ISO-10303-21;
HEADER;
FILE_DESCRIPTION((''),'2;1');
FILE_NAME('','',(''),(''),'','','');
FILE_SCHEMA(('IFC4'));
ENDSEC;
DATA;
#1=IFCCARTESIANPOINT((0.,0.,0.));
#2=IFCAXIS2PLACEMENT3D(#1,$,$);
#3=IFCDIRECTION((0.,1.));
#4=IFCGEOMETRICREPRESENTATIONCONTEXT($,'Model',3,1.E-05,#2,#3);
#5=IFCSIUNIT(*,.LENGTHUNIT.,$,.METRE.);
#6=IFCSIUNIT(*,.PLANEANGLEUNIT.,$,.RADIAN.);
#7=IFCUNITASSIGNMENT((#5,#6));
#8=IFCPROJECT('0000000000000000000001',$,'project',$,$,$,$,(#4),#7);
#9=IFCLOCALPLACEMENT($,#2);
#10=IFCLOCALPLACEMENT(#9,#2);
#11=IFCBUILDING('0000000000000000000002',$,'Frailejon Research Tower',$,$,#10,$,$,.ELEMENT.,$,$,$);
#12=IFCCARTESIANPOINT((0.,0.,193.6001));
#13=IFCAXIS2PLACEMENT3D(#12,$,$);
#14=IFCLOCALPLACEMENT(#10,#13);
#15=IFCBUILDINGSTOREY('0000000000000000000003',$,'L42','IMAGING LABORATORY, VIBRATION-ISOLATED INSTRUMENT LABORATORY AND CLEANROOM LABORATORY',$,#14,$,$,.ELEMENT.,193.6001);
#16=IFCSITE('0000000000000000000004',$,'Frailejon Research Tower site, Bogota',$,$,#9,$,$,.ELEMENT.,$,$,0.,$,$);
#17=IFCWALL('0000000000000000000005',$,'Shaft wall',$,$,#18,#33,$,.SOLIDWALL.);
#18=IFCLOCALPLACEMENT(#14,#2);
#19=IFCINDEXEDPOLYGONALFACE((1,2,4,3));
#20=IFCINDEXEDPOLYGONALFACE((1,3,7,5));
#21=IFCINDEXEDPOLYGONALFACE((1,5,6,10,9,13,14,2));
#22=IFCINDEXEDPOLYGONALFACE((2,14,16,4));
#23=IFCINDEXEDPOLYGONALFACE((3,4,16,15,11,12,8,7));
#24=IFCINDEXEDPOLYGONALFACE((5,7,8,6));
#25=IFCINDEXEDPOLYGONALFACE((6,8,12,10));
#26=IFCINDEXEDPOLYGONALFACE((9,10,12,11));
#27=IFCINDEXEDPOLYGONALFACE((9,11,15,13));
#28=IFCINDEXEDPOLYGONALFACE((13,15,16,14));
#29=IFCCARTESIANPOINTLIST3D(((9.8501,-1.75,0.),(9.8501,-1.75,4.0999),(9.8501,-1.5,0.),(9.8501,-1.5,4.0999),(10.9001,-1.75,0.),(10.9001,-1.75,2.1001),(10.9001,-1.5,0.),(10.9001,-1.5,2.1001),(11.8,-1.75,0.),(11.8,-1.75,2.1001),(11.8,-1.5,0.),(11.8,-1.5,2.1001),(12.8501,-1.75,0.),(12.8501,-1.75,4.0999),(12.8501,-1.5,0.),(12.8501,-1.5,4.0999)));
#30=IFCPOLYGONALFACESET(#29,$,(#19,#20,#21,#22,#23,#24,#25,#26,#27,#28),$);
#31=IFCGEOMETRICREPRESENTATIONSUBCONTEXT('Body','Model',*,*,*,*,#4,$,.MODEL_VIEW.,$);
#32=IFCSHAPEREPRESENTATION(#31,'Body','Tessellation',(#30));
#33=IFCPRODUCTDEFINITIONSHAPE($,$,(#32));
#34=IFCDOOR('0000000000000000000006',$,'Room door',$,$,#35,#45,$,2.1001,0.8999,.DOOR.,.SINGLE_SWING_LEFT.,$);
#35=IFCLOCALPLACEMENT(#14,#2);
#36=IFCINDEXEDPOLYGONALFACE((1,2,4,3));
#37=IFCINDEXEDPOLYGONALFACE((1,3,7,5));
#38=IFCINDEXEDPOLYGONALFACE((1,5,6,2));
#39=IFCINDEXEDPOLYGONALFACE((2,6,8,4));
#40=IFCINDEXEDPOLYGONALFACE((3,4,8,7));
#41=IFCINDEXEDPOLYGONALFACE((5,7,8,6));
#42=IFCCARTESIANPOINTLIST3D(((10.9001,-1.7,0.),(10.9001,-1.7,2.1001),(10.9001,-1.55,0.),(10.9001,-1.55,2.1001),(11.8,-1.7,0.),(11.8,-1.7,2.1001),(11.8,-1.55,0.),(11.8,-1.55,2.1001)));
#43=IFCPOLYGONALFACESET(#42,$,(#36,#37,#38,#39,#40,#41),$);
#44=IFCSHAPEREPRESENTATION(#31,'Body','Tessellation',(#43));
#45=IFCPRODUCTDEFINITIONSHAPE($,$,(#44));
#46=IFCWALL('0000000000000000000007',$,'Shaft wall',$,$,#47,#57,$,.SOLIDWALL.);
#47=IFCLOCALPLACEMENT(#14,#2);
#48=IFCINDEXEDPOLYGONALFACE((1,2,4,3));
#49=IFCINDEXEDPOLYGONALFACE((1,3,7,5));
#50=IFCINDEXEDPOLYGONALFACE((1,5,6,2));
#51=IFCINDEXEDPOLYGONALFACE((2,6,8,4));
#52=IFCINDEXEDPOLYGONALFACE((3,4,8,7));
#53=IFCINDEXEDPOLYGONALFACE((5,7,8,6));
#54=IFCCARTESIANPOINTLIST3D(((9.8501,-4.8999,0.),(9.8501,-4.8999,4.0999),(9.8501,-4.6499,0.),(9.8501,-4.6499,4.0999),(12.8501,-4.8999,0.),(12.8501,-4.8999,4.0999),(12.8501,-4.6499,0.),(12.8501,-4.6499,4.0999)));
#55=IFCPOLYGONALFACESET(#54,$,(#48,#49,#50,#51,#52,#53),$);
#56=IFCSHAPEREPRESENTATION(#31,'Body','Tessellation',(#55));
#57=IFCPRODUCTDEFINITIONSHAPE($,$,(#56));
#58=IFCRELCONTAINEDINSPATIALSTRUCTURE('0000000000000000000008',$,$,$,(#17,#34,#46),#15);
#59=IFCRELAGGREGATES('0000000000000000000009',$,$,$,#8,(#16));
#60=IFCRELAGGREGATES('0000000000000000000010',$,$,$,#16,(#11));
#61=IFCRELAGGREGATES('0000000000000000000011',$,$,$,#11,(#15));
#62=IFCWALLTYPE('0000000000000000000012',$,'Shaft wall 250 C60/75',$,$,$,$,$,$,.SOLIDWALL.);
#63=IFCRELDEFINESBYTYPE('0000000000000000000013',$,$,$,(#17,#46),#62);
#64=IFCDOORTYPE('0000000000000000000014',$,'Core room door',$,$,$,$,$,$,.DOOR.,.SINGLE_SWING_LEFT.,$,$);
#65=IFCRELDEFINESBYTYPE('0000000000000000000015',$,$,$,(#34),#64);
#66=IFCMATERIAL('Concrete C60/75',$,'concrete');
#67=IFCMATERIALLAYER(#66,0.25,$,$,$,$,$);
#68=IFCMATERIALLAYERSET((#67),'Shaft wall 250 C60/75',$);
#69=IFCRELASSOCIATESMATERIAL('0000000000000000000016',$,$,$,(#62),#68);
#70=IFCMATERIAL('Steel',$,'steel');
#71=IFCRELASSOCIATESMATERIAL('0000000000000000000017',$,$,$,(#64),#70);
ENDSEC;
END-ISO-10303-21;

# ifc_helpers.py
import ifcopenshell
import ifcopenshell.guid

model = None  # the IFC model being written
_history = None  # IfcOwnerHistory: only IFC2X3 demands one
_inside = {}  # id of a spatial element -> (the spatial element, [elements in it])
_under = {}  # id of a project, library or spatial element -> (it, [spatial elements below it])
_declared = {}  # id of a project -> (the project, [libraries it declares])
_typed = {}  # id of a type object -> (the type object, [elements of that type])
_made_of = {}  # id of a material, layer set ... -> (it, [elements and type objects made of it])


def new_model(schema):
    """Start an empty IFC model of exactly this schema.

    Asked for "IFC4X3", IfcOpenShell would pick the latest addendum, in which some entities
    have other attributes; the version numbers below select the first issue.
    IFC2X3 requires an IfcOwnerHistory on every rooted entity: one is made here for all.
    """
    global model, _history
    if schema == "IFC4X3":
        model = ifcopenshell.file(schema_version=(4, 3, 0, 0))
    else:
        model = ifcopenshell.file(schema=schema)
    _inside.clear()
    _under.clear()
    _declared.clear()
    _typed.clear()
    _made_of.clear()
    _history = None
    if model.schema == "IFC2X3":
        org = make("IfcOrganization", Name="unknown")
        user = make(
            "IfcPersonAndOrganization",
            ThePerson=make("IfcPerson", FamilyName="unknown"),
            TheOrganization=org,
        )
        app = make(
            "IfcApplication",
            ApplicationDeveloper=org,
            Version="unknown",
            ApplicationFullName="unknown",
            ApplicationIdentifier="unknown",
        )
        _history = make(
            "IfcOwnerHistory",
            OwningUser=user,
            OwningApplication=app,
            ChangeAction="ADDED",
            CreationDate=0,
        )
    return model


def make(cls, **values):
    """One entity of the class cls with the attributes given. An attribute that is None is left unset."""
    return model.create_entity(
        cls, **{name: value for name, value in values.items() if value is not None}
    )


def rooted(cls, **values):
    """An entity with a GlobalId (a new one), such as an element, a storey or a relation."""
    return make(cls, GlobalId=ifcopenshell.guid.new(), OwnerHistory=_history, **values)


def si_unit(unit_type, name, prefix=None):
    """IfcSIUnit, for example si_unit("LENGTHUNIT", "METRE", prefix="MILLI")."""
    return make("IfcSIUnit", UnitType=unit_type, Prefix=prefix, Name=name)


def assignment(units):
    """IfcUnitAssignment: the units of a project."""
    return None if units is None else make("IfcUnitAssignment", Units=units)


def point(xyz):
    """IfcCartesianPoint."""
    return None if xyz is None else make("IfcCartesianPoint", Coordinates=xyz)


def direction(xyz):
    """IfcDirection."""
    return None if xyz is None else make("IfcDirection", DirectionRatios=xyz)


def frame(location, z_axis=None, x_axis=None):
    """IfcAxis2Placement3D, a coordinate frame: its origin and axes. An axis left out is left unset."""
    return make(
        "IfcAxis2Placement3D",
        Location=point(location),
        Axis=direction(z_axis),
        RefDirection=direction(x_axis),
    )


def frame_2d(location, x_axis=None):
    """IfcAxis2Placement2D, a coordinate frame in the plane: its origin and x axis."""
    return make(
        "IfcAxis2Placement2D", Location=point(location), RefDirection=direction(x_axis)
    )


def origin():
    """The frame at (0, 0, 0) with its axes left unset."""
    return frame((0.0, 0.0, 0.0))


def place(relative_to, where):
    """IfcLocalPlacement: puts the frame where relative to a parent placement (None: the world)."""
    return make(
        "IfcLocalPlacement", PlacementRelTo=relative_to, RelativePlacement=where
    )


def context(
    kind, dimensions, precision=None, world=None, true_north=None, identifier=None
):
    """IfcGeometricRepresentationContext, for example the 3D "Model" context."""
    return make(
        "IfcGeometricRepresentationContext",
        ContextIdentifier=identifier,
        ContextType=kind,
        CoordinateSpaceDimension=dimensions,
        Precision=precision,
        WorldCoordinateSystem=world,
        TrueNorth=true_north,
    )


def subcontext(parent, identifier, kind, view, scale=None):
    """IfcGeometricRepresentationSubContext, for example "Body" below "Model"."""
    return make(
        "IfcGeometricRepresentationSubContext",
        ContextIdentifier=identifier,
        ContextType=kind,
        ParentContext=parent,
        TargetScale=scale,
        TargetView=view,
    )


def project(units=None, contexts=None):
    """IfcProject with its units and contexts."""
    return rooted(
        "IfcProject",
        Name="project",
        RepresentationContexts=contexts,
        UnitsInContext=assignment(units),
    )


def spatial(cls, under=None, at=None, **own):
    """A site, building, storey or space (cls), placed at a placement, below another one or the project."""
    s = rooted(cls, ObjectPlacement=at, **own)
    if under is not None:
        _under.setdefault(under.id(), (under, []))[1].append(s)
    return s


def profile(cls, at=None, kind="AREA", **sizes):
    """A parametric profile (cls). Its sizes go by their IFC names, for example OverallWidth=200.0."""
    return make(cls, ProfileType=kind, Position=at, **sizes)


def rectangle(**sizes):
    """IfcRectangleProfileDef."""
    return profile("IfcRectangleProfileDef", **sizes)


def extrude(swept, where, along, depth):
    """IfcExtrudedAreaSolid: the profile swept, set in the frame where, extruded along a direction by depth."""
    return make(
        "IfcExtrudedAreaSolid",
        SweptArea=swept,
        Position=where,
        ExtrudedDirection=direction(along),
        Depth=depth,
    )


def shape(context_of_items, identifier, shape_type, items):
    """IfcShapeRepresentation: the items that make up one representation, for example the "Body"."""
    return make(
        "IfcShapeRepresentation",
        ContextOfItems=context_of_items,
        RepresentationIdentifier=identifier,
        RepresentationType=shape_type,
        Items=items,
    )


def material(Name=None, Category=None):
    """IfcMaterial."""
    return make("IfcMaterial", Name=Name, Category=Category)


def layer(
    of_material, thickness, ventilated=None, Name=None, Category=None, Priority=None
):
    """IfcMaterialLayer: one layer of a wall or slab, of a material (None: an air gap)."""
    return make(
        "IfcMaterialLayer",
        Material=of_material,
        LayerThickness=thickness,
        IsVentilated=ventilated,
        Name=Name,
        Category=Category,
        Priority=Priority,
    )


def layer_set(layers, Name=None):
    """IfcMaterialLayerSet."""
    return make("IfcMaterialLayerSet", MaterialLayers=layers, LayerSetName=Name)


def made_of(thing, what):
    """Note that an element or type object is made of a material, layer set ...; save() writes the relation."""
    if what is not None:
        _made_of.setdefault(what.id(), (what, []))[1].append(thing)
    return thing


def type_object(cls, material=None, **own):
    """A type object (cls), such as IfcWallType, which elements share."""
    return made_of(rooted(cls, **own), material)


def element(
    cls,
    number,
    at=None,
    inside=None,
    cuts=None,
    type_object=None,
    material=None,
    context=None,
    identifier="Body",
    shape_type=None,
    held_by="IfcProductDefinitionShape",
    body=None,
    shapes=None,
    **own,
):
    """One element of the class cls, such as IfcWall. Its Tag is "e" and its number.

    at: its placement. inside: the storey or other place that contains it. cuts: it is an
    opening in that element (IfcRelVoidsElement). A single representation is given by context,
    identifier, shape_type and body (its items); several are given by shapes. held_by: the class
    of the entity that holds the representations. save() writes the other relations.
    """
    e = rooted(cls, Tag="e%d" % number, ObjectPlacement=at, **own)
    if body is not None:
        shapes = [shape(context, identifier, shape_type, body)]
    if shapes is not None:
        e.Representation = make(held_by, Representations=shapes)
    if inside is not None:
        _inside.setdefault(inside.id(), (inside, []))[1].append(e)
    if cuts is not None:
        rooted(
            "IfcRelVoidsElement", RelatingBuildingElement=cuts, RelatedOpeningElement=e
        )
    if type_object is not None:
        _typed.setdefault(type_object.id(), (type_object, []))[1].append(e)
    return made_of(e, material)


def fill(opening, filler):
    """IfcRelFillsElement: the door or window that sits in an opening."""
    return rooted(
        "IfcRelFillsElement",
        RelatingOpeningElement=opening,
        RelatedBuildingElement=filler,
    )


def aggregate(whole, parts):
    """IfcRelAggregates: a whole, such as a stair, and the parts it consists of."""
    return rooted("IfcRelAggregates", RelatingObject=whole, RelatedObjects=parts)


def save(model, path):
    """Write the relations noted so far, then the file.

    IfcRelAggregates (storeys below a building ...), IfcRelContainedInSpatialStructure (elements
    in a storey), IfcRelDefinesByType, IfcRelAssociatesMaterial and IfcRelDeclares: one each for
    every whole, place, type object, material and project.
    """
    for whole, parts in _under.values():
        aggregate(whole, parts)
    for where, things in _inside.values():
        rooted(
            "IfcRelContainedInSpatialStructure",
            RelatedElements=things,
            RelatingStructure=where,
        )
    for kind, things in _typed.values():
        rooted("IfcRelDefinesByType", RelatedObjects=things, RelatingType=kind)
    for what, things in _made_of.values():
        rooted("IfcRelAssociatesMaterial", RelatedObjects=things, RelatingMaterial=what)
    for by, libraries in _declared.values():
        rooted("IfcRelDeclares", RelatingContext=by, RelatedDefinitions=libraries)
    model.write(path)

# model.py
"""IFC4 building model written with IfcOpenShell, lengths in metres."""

from ifc_helpers import new_model, si_unit, direction, frame, frame_2d, origin, place, context, subcontext, project, spatial, rectangle, extrude, material, layer, layer_set, type_object, element, fill, save


model = new_model("IFC4")

# Units and contexts
model_context = context("Model", 3, precision=1e-05, world=origin(), true_north=direction((0.0, 1.0)))
body_context = subcontext(model_context, "Body", "Model", "MODEL_VIEW")
ifc_project = project(units=[si_unit("LENGTHUNIT", "METRE"), si_unit("PLANEANGLEUNIT", "RADIAN")], contexts=[model_context])

# Site, building, storey
site_placement = place(None, origin())
site = spatial("IfcSite", under=ifc_project, at=site_placement, Name="Frailejon Research Tower site, Bogota", CompositionType="ELEMENT", RefElevation=0.0)
building_placement = place(site_placement, origin())
building = spatial("IfcBuilding", under=site, at=building_placement, Name="Frailejon Research Tower", CompositionType="ELEMENT")
storey_placement = place(building_placement, frame((0.0, 0.0, 193.6001)))
storey = spatial("IfcBuildingStorey", under=building, at=storey_placement, Name="L42", Description="IMAGING LABORATORY, VIBRATION-ISOLATED INSTRUMENT LABORATORY AND CLEANROOM LABORATORY", CompositionType="ELEMENT", Elevation=193.6001)

# Wall, opening, door
ifc_material_1 = material(Name="Concrete C60/75", Category="concrete")
ifc_layer_1 = layer(ifc_material_1, 0.25)
ifc_layer_set_1 = layer_set([ifc_layer_1], Name="Shaft wall 250 C60/75")
wall_type_1 = type_object("IfcWallType", Name="Shaft wall 250 C60/75", PredefinedType="SOLIDWALL", material=ifc_layer_set_1)
wall_1_placement = place(storey_placement, frame((9.8501, -1.625, 0.0), z_axis=(0.0, 0.0, 1.0), x_axis=(1.0, 0.0, 0.0)))
wall_1 = element("IfcWall", 1, at=wall_1_placement, inside=storey, type_object=wall_type_1, Name="Shaft wall", PredefinedType="SOLIDWALL", context=body_context, shape_type="SweptSolid", body=[
    extrude(rectangle(XDim=3.0, YDim=0.25, at=frame_2d((1.5, 0.0))), origin(), (0.0, 0.0, 1.0), 4.0999),
])
opening_1_placement = place(wall_1_placement, frame((1.05, 0.0, 0.0)))
opening_1 = element("IfcOpeningElement", 2, at=opening_1_placement, cuts=wall_1, PredefinedType="OPENING", context=body_context, shape_type="SweptSolid", body=[
    extrude(rectangle(XDim=0.8999, YDim=2.1001, at=frame_2d((0.45, 1.05))), frame((0.0, 0.135, 0.0), z_axis=(0.0, -1.0, 0.0), x_axis=(1.0, 0.0, 0.0)), (0.0, 0.0, 1.0), 0.27),
])
ifc_material_2 = material(Name="Steel", Category="steel")
door_type_1 = type_object("IfcDoorType", Name="Core room door", OperationType="SINGLE_SWING_LEFT", PredefinedType="DOOR", material=ifc_material_2)
door_1_placement = place(opening_1_placement, origin())
door_1 = element("IfcDoor", 3, at=door_1_placement, inside=storey, type_object=door_type_1, Name="Room door", OperationType="SINGLE_SWING_LEFT", OverallHeight=2.1001, OverallWidth=0.8999, PredefinedType="DOOR", context=body_context, shape_type="SweptSolid", body=[
    extrude(rectangle(XDim=0.8999, YDim=2.1001, at=frame_2d((0.45, 1.05))), frame((0.0, 0.075, 0.0), z_axis=(0.0, -1.0, 0.0), x_axis=(1.0, 0.0, 0.0)), (0.0, 0.0, 1.0), 0.1499),
])
fill(opening_1, door_1)

# Wall
wall_2_placement = place(storey_placement, frame((9.8501, -4.7749, 0.0), z_axis=(0.0, 0.0, 1.0), x_axis=(1.0, 0.0, 0.0)))
element("IfcWall", 4, at=wall_2_placement, inside=storey, type_object=wall_type_1, Name="Shaft wall", PredefinedType="SOLIDWALL", context=body_context, shape_type="SweptSolid", body=[
    extrude(rectangle(XDim=3.0, YDim=0.25, at=frame_2d((1.5, 0.0))), origin(), (0.0, 0.0, 1.0), 4.0999),
])

save(model, "model.ifc")
